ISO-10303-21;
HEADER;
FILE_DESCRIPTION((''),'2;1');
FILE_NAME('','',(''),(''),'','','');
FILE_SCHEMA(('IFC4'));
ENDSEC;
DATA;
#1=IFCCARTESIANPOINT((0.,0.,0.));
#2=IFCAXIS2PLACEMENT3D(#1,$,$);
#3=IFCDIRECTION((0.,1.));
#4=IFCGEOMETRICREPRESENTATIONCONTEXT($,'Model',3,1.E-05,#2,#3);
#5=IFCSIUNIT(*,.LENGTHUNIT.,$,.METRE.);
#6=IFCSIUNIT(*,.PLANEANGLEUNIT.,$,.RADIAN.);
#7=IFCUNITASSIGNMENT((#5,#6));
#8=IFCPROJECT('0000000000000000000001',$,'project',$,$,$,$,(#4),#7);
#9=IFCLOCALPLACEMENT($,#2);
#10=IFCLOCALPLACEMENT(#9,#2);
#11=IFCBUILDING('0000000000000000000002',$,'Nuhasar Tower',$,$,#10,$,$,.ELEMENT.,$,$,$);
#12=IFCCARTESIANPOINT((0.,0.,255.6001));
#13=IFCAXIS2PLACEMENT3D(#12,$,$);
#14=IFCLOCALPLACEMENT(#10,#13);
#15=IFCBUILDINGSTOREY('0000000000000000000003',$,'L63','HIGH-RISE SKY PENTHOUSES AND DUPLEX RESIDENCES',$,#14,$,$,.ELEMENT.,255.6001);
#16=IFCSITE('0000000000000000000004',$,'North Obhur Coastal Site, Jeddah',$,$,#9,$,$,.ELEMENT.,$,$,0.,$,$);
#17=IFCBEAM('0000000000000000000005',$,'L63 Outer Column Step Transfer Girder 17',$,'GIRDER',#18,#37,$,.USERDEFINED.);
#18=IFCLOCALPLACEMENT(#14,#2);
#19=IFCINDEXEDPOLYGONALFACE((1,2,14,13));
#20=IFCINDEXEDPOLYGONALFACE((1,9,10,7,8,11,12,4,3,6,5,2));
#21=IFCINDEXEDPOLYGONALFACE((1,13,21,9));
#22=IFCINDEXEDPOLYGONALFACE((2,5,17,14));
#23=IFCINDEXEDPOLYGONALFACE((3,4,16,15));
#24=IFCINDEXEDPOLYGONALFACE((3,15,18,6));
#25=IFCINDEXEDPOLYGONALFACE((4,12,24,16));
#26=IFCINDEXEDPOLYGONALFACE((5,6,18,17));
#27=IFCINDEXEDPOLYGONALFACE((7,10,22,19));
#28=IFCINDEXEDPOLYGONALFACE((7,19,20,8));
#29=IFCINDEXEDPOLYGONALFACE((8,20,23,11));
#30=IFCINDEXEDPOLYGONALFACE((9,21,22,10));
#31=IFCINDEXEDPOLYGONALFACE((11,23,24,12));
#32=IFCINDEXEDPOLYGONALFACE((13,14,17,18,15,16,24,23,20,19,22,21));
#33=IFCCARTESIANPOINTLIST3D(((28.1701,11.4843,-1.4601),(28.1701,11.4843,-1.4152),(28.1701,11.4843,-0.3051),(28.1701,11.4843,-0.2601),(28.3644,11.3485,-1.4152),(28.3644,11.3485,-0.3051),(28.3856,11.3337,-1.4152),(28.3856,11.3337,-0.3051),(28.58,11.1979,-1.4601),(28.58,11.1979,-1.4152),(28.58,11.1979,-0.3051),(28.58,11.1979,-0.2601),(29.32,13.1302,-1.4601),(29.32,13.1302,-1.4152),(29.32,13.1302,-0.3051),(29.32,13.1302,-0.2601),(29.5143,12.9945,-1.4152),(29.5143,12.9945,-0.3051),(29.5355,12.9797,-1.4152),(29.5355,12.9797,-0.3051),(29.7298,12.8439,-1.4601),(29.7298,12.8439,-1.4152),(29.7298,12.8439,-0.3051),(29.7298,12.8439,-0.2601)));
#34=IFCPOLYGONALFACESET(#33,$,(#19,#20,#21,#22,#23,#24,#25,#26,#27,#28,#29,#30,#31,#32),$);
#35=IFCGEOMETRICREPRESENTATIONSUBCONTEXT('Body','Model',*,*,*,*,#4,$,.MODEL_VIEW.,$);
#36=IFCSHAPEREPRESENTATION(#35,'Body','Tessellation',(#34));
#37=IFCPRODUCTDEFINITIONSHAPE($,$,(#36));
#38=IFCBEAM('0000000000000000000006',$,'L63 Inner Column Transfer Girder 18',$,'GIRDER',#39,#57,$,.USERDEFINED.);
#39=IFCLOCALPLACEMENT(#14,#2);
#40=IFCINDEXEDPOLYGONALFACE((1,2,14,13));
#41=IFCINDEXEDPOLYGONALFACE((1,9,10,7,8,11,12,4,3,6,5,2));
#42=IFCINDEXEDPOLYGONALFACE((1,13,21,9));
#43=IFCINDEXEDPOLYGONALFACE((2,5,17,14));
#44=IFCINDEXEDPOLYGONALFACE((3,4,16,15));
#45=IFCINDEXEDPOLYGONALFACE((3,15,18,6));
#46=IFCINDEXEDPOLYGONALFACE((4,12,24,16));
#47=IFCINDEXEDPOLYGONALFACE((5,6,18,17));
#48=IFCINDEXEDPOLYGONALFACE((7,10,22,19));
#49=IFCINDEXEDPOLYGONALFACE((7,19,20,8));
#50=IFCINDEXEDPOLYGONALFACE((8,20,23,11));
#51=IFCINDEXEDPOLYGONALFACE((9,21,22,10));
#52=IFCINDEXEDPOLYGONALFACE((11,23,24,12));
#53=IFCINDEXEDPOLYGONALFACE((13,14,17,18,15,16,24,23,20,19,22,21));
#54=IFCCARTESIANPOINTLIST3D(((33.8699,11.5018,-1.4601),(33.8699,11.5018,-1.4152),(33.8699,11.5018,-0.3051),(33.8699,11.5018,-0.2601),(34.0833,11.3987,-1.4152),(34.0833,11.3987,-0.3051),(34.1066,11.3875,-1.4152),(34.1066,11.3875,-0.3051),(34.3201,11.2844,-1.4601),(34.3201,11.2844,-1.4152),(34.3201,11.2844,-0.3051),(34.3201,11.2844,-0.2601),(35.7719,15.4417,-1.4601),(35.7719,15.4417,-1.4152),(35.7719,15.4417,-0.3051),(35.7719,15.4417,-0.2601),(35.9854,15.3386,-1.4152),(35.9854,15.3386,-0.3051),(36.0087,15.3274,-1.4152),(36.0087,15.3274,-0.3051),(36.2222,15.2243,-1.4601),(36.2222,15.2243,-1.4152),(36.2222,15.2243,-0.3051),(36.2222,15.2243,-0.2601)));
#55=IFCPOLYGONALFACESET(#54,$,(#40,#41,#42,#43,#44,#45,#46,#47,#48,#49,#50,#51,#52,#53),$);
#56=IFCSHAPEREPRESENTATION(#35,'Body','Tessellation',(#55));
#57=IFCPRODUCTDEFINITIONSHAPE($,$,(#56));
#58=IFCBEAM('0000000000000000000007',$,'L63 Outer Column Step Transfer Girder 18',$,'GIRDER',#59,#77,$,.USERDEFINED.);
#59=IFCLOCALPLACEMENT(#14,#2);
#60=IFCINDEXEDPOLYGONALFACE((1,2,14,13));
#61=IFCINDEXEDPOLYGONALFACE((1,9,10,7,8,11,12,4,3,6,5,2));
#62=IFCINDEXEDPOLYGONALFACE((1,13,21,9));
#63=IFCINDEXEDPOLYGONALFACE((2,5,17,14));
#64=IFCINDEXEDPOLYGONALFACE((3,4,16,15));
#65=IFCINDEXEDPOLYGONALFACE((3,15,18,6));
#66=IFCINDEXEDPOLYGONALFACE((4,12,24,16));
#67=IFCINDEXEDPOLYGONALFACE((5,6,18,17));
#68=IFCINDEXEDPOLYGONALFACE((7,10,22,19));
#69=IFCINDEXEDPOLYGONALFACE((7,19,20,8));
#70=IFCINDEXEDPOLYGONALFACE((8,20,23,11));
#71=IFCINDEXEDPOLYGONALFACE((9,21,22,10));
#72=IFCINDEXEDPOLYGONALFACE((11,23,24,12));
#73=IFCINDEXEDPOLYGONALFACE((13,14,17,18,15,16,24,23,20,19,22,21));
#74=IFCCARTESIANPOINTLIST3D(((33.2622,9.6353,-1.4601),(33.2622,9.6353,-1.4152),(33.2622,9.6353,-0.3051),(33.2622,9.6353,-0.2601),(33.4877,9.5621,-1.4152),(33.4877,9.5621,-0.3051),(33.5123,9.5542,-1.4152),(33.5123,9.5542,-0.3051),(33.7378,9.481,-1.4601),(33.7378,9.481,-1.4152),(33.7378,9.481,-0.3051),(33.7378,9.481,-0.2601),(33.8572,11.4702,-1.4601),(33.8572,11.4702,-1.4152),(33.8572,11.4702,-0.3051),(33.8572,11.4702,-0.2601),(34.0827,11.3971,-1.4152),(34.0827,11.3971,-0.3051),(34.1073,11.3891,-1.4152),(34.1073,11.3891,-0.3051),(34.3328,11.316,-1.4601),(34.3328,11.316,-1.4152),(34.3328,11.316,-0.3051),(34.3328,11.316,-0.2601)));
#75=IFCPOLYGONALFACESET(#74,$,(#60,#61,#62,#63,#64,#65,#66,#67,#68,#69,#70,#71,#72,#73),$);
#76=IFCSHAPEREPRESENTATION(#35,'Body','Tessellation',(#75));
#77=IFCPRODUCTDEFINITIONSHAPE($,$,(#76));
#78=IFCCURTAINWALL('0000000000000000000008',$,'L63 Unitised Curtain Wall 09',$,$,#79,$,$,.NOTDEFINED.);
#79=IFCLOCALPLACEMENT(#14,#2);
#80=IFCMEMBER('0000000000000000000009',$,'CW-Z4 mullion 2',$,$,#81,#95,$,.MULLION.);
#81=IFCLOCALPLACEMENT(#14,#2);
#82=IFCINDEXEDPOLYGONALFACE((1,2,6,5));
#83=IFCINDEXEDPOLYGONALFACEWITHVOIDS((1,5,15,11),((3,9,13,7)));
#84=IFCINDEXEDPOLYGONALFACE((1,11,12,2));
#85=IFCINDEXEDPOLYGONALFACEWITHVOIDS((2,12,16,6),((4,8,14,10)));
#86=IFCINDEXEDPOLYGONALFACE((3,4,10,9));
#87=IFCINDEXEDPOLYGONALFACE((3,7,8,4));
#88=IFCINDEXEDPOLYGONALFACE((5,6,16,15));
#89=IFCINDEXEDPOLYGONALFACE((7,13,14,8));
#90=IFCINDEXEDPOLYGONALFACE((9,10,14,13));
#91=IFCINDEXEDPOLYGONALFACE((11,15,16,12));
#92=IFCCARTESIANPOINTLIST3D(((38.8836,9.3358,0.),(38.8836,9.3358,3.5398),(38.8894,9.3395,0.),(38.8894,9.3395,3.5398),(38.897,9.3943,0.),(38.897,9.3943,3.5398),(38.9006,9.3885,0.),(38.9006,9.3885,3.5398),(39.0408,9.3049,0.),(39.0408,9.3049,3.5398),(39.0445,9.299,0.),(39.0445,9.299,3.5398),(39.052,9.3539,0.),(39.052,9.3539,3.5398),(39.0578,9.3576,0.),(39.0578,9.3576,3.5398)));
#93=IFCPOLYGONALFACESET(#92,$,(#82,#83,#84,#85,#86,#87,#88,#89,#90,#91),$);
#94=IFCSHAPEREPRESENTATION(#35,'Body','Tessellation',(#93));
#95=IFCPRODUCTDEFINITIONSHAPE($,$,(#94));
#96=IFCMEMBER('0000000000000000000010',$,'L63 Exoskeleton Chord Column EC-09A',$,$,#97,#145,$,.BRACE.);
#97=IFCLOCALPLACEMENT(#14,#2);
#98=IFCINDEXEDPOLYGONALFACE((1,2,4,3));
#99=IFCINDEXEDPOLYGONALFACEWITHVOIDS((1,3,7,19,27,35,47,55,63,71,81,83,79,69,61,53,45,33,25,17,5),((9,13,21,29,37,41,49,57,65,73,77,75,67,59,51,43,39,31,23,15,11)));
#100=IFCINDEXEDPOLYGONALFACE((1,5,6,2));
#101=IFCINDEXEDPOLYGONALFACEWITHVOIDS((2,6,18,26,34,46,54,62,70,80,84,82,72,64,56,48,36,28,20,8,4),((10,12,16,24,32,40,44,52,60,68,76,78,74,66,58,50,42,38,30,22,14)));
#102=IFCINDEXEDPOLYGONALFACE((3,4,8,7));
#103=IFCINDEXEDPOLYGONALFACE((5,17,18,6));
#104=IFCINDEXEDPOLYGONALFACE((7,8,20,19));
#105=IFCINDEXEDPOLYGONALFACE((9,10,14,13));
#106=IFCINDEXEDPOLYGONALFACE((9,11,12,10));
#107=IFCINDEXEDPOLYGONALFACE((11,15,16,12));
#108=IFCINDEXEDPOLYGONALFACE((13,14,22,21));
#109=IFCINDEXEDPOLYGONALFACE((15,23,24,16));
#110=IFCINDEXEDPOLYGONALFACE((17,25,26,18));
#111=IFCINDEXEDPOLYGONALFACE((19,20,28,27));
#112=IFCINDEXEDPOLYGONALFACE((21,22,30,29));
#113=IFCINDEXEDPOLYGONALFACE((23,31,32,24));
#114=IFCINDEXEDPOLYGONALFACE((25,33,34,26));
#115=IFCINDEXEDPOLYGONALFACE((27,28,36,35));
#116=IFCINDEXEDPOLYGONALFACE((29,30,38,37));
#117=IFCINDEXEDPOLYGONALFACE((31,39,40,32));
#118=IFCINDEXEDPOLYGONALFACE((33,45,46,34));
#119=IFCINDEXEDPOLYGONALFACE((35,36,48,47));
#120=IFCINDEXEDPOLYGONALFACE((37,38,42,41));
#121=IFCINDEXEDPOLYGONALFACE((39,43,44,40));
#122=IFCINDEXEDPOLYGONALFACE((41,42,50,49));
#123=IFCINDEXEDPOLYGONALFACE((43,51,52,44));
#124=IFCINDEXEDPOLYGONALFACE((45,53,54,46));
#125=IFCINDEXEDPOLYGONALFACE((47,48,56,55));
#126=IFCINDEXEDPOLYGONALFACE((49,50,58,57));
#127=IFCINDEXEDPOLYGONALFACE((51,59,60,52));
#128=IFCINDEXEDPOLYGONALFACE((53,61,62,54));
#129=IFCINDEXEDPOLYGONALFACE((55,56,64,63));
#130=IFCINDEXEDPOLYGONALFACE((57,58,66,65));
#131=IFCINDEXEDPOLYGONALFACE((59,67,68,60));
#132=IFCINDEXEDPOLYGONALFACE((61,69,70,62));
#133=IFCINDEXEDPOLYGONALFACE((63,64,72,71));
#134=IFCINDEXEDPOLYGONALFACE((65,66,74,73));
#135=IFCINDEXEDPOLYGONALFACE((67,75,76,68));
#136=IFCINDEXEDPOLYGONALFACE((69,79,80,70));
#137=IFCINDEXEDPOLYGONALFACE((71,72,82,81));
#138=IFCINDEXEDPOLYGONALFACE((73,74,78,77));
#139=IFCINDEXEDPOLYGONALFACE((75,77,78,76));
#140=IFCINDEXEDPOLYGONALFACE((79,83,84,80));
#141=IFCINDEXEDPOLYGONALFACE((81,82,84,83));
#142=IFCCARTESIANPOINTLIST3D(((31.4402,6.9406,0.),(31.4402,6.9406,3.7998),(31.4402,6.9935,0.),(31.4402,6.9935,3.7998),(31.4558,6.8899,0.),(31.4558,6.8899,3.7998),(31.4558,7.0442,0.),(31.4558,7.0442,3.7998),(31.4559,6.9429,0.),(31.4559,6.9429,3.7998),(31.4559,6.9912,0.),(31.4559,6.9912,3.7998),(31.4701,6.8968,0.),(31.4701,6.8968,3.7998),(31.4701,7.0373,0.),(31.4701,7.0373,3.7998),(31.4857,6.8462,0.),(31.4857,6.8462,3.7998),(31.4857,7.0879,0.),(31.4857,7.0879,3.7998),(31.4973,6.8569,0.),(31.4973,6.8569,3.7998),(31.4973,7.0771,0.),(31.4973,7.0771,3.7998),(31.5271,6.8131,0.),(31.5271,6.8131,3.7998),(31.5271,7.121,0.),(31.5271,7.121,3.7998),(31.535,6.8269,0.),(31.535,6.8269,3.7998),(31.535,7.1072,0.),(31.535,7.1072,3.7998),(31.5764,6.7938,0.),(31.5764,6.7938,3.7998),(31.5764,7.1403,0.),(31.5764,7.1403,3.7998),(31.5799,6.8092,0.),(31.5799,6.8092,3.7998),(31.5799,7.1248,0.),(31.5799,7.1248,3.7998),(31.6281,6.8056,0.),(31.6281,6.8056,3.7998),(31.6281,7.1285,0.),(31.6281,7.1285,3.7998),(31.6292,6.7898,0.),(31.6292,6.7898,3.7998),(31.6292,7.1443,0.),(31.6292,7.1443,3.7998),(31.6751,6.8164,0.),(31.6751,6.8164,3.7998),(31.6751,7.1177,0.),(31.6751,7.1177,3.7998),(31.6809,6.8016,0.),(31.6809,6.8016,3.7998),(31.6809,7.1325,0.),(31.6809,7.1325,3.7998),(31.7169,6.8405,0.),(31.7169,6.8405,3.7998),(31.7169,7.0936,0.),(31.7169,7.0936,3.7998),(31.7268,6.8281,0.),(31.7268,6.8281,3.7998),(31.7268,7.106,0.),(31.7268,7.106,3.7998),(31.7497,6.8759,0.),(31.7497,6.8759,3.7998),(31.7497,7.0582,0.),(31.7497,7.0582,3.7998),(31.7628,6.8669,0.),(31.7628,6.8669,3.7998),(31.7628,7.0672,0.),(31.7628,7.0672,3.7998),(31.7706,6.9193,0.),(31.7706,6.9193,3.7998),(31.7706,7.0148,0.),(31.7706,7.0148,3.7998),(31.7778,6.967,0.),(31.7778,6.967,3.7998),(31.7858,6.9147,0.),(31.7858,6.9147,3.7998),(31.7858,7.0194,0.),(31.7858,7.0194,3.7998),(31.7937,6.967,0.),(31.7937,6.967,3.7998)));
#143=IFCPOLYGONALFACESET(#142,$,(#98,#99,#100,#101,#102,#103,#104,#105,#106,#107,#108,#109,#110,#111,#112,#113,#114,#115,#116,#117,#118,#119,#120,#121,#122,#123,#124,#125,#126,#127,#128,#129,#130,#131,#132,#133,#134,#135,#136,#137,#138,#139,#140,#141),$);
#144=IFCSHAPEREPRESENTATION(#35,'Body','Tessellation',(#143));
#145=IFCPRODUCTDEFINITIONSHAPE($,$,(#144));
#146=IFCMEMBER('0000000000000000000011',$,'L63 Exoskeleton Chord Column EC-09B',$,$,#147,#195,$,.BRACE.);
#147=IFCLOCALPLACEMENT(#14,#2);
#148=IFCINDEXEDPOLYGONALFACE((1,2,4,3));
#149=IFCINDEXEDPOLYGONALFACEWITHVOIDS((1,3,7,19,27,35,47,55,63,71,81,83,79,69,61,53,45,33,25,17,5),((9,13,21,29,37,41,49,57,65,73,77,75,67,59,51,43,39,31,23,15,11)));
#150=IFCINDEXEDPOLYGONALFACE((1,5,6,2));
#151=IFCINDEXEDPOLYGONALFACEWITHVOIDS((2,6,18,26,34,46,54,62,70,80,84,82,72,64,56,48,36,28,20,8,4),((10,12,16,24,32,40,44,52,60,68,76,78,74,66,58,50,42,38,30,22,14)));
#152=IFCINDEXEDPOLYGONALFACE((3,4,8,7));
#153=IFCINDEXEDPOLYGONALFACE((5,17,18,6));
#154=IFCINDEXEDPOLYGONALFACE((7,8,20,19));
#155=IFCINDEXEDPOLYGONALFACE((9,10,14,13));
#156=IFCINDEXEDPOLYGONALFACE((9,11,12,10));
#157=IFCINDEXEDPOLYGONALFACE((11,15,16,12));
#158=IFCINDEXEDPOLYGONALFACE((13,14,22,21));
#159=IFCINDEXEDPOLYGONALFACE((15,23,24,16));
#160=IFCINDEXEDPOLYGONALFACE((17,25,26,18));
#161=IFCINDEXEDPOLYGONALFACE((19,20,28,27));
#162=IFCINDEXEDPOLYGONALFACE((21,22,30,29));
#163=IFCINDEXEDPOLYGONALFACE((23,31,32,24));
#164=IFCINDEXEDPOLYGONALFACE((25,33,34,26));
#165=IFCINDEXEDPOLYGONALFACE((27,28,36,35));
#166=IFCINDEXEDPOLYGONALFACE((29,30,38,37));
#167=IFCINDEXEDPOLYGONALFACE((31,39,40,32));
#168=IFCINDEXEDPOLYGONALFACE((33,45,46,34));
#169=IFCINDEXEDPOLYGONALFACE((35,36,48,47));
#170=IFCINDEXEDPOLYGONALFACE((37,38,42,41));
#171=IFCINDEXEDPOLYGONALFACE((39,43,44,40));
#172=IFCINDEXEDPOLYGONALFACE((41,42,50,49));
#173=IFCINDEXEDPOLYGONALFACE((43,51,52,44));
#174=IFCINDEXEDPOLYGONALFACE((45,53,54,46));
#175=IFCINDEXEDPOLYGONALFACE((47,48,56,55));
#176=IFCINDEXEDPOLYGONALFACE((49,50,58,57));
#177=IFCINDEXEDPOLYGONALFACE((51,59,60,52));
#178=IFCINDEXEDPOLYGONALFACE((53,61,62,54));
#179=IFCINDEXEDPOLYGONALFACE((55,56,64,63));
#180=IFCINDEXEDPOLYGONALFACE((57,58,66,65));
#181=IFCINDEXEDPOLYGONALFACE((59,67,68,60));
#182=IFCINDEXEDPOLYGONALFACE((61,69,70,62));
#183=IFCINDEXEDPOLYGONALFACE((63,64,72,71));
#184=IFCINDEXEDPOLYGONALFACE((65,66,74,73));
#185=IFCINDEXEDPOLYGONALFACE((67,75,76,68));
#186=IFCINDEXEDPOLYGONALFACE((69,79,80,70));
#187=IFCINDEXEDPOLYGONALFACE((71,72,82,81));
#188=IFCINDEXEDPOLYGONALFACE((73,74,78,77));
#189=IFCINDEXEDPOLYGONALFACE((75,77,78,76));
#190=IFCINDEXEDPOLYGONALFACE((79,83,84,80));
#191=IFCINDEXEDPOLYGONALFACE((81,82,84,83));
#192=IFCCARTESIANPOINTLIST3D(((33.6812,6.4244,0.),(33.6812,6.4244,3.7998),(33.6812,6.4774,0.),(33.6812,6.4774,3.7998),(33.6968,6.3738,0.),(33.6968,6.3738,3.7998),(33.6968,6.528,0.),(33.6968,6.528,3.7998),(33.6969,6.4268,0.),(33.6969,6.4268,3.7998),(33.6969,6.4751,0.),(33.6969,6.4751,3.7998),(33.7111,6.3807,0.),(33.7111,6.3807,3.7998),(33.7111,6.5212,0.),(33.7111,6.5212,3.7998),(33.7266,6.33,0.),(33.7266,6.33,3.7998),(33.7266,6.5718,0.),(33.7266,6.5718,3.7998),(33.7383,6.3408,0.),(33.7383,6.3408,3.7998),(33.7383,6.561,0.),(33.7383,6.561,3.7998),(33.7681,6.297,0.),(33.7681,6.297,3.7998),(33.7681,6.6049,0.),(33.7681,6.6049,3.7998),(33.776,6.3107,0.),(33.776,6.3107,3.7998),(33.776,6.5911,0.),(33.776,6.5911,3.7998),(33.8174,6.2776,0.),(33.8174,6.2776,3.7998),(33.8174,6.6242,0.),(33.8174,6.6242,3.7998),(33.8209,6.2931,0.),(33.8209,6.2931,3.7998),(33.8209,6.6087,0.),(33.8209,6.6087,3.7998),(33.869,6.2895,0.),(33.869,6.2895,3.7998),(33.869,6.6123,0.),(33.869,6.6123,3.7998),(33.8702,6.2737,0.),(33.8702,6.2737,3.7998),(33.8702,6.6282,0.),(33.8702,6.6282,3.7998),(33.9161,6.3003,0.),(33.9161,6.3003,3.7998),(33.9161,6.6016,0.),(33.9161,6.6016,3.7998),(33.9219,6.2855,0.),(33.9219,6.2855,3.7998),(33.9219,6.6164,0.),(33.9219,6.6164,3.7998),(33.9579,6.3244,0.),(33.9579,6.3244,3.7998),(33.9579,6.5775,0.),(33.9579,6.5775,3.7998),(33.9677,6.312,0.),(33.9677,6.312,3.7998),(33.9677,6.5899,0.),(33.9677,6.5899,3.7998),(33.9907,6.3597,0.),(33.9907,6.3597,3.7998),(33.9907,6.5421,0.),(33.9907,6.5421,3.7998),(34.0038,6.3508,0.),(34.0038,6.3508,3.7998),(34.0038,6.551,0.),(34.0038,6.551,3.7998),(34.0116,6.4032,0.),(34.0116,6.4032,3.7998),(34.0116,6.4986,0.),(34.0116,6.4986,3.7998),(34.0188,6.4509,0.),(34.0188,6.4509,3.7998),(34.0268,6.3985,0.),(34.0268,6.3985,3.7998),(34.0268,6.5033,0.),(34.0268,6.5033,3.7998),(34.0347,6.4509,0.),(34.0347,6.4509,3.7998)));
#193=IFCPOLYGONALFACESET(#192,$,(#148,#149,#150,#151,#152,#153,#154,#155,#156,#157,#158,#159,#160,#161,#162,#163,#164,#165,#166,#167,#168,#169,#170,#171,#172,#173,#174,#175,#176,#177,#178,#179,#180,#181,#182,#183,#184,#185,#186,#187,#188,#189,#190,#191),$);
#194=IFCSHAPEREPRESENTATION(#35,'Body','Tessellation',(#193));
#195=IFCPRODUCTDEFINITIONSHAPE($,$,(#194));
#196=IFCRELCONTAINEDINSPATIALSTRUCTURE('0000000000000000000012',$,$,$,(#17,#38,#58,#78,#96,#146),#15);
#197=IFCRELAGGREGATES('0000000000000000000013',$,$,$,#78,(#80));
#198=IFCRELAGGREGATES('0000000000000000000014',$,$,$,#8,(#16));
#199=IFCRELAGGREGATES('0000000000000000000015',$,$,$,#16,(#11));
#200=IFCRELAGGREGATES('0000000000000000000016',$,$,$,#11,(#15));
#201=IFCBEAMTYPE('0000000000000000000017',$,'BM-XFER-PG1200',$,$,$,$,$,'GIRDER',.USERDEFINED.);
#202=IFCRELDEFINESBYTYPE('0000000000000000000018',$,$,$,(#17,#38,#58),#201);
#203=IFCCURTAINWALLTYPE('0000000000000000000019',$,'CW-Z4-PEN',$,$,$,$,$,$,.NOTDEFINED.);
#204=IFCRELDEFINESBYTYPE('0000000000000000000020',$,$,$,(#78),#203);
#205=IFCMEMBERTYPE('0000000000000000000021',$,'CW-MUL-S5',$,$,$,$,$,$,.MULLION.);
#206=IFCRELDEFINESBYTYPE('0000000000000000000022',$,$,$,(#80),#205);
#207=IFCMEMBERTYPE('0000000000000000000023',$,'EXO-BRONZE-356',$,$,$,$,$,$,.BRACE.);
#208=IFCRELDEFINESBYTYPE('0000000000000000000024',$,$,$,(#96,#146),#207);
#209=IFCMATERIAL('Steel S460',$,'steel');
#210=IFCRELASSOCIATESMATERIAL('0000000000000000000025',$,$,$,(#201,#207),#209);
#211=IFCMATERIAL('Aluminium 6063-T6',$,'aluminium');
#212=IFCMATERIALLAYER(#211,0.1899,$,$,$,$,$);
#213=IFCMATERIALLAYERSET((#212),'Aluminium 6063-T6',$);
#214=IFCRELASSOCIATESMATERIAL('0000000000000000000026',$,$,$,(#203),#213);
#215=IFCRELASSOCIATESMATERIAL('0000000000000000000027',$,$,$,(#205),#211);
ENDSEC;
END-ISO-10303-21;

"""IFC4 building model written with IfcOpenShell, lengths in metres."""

from ifc_helpers import new_model, si_unit, direction, frame, origin, origin_2d, place, context, subcontext, project, spatial, hollow_rectangle, hollow_circle, i_section, extrude, material, layer, layer_set, material_profile, profile_set, type_object, element, aggregate, save


model = new_model("IFC4")

# Units and contexts
model_context = context("Model", 3, precision=1e-05, world=origin(), true_north=direction((0.0, 1.0)))
body_context = subcontext(model_context, "Body", "Model", "MODEL_VIEW")
ifc_project = project(units=[si_unit("LENGTHUNIT", "METRE"), si_unit("PLANEANGLEUNIT", "RADIAN")], contexts=[model_context])

# Site, building, storey
site_placement = place(None, origin())
site = spatial("IfcSite", under=ifc_project, at=site_placement, Name="North Obhur Coastal Site, Jeddah", CompositionType="ELEMENT", RefElevation=0.0)
building_placement = place(site_placement, origin())
building = spatial("IfcBuilding", under=site, at=building_placement, Name="Nuhasar Tower", CompositionType="ELEMENT")
storey_placement = place(building_placement, frame((0.0, 0.0, 255.6001)))
storey = spatial("IfcBuildingStorey", under=building, at=storey_placement, Name="L63", Description="HIGH-RISE SKY PENTHOUSES AND DUPLEX RESIDENCES", CompositionType="ELEMENT", Elevation=255.6001)

# Beams
ifc_material_1 = material(Name="Steel S460", Category="steel")
ifc_material_profile_1 = material_profile(ifc_material_1, i_section(OverallWidth=0.5, OverallDepth=1.2, WebThickness=0.0259, FlangeThickness=0.0449, at=origin_2d()), Name="PG1200X500")
ifc_profile_set_1 = profile_set([ifc_material_profile_1], Name="Steel S460")
beam_type_1 = type_object("IfcBeamType", Name="BM-XFER-PG1200", ElementType="GIRDER", PredefinedType="USERDEFINED", material=ifc_profile_set_1)
beam_1_placement = place(storey_placement, frame((29.5249, 12.9871, -0.8601), z_axis=(-0.572695, -0.819769, 0.0), x_axis=(0.819769, -0.572695, 0.0)))
element("IfcBeam", 1, at=beam_1_placement, inside=storey, type_object=beam_type_1, Name="L63 Outer Column Step Transfer Girder 17", ObjectType="GIRDER", PredefinedType="USERDEFINED", context=body_context, shape_type="SweptSolid", body=[
    extrude(i_section(OverallWidth=0.5, OverallDepth=1.2, WebThickness=0.0259, FlangeThickness=0.0449, at=origin_2d()), origin(), (0.0, 0.0, 1.0), 2.0078),
])
beam_2_placement = place(storey_placement, frame((35.9971, 15.333, -0.8601), z_axis=(-0.43476, -0.900546, 0.0), x_axis=(0.900546, -0.43476, 0.0)))
element("IfcBeam", 2, at=beam_2_placement, inside=storey, type_object=beam_type_1, Name="L63 Inner Column Transfer Girder 18", ObjectType="GIRDER", PredefinedType="USERDEFINED", context=body_context, shape_type="SweptSolid", body=[
    extrude(i_section(OverallWidth=0.5, OverallDepth=1.2, WebThickness=0.0259, FlangeThickness=0.0449, at=origin_2d()), origin(), (0.0, 0.0, 1.0), 4.375),
])
beam_3_placement = place(storey_placement, frame((34.095, 11.3931, -0.8601), z_axis=(-0.308434, -0.951246, 0.0), x_axis=(0.951246, -0.308434, 0.0)))
element("IfcBeam", 3, at=beam_3_placement, inside=storey, type_object=beam_type_1, Name="L63 Outer Column Step Transfer Girder 18", ObjectType="GIRDER", PredefinedType="USERDEFINED", context=body_context, shape_type="SweptSolid", body=[
    extrude(i_section(OverallWidth=0.5, OverallDepth=1.2, WebThickness=0.0259, FlangeThickness=0.0449, at=origin_2d()), origin(), (0.0, 0.0, 1.0), 1.929),
])

# Curtain wall, member
ifc_material_2 = material(Name="Aluminium 6063-T6", Category="aluminium")
ifc_layer_1 = layer(ifc_material_2, 0.1899)
ifc_layer_set_1 = layer_set([ifc_layer_1], Name="Aluminium 6063-T6")
curtain_wall_type = type_object("IfcCurtainWallType", Name="CW-Z4-PEN", PredefinedType="NOTDEFINED", material=ifc_layer_set_1)
curtain_wall_placement = place(storey_placement, origin())
curtain_wall = element("IfcCurtainWall", 4, at=curtain_wall_placement, inside=storey, type_object=curtain_wall_type, Name="L63 Unitised Curtain Wall 09", PredefinedType="NOTDEFINED")
ifc_material_profile_2 = material_profile(ifc_material_2, hollow_rectangle(XDim=0.0601, YDim=0.165, WallThickness=0.0049, at=origin_2d()), Name="CWM-5")
ifc_profile_set_2 = profile_set([ifc_material_profile_2], Name="Aluminium 6063-T6")
member_type_1 = type_object("IfcMemberType", Name="CW-MUL-S5", PredefinedType="MULLION", material=ifc_profile_set_2)
member_placement = place(storey_placement, frame((38.9707, 9.3467, 0.0), z_axis=(0.0, 0.0, 1.0), x_axis=(0.222889, 0.974844, 0.0)))
member = element("IfcMember", 5, at=member_placement, type_object=member_type_1, Name="CW-Z4 mullion 2", PredefinedType="MULLION", context=body_context, shape_type="SweptSolid", body=[
    extrude(hollow_rectangle(XDim=0.0601, YDim=0.165, WallThickness=0.0049, at=origin_2d()), origin(), (0.0, 0.0, 1.0), 3.5398),
])

# Members
ifc_material_profile_3 = material_profile(ifc_material_1, hollow_circle(Radius=0.1777, WallThickness=0.0159, at=origin_2d()), Name="HSS355.6X15.9")
ifc_profile_set_3 = profile_set([ifc_material_profile_3], Name="Steel S460")
member_type_2 = type_object("IfcMemberType", Name="EXO-BRONZE-356", PredefinedType="BRACE", material=ifc_profile_set_3)
for number, where, z_axis, x_axis, name in (
    (6, (31.616, 6.967, 0.0), (0.0, 0.0, 1.0), (1.0, 0.0, 0.0), "L63 Exoskeleton Chord Column EC-09A"),
    (7, (33.8569, 6.4509, 0.0), (0.0, 0.0, 1.0), (1.0, 0.0, 0.0), "L63 Exoskeleton Chord Column EC-09B"),
):
    element("IfcMember", number, at=place(storey_placement, frame(where, z_axis=z_axis, x_axis=x_axis)), inside=storey, type_object=member_type_2, Name=name, PredefinedType="BRACE", context=body_context, shape_type="SweptSolid", body=[
        extrude(hollow_circle(Radius=0.1777, WallThickness=0.0159, at=origin_2d()), origin(), (0.0, 0.0, 1.0), 3.7998),
    ])

aggregate(curtain_wall, [member])

save(model, "model.ifc")
